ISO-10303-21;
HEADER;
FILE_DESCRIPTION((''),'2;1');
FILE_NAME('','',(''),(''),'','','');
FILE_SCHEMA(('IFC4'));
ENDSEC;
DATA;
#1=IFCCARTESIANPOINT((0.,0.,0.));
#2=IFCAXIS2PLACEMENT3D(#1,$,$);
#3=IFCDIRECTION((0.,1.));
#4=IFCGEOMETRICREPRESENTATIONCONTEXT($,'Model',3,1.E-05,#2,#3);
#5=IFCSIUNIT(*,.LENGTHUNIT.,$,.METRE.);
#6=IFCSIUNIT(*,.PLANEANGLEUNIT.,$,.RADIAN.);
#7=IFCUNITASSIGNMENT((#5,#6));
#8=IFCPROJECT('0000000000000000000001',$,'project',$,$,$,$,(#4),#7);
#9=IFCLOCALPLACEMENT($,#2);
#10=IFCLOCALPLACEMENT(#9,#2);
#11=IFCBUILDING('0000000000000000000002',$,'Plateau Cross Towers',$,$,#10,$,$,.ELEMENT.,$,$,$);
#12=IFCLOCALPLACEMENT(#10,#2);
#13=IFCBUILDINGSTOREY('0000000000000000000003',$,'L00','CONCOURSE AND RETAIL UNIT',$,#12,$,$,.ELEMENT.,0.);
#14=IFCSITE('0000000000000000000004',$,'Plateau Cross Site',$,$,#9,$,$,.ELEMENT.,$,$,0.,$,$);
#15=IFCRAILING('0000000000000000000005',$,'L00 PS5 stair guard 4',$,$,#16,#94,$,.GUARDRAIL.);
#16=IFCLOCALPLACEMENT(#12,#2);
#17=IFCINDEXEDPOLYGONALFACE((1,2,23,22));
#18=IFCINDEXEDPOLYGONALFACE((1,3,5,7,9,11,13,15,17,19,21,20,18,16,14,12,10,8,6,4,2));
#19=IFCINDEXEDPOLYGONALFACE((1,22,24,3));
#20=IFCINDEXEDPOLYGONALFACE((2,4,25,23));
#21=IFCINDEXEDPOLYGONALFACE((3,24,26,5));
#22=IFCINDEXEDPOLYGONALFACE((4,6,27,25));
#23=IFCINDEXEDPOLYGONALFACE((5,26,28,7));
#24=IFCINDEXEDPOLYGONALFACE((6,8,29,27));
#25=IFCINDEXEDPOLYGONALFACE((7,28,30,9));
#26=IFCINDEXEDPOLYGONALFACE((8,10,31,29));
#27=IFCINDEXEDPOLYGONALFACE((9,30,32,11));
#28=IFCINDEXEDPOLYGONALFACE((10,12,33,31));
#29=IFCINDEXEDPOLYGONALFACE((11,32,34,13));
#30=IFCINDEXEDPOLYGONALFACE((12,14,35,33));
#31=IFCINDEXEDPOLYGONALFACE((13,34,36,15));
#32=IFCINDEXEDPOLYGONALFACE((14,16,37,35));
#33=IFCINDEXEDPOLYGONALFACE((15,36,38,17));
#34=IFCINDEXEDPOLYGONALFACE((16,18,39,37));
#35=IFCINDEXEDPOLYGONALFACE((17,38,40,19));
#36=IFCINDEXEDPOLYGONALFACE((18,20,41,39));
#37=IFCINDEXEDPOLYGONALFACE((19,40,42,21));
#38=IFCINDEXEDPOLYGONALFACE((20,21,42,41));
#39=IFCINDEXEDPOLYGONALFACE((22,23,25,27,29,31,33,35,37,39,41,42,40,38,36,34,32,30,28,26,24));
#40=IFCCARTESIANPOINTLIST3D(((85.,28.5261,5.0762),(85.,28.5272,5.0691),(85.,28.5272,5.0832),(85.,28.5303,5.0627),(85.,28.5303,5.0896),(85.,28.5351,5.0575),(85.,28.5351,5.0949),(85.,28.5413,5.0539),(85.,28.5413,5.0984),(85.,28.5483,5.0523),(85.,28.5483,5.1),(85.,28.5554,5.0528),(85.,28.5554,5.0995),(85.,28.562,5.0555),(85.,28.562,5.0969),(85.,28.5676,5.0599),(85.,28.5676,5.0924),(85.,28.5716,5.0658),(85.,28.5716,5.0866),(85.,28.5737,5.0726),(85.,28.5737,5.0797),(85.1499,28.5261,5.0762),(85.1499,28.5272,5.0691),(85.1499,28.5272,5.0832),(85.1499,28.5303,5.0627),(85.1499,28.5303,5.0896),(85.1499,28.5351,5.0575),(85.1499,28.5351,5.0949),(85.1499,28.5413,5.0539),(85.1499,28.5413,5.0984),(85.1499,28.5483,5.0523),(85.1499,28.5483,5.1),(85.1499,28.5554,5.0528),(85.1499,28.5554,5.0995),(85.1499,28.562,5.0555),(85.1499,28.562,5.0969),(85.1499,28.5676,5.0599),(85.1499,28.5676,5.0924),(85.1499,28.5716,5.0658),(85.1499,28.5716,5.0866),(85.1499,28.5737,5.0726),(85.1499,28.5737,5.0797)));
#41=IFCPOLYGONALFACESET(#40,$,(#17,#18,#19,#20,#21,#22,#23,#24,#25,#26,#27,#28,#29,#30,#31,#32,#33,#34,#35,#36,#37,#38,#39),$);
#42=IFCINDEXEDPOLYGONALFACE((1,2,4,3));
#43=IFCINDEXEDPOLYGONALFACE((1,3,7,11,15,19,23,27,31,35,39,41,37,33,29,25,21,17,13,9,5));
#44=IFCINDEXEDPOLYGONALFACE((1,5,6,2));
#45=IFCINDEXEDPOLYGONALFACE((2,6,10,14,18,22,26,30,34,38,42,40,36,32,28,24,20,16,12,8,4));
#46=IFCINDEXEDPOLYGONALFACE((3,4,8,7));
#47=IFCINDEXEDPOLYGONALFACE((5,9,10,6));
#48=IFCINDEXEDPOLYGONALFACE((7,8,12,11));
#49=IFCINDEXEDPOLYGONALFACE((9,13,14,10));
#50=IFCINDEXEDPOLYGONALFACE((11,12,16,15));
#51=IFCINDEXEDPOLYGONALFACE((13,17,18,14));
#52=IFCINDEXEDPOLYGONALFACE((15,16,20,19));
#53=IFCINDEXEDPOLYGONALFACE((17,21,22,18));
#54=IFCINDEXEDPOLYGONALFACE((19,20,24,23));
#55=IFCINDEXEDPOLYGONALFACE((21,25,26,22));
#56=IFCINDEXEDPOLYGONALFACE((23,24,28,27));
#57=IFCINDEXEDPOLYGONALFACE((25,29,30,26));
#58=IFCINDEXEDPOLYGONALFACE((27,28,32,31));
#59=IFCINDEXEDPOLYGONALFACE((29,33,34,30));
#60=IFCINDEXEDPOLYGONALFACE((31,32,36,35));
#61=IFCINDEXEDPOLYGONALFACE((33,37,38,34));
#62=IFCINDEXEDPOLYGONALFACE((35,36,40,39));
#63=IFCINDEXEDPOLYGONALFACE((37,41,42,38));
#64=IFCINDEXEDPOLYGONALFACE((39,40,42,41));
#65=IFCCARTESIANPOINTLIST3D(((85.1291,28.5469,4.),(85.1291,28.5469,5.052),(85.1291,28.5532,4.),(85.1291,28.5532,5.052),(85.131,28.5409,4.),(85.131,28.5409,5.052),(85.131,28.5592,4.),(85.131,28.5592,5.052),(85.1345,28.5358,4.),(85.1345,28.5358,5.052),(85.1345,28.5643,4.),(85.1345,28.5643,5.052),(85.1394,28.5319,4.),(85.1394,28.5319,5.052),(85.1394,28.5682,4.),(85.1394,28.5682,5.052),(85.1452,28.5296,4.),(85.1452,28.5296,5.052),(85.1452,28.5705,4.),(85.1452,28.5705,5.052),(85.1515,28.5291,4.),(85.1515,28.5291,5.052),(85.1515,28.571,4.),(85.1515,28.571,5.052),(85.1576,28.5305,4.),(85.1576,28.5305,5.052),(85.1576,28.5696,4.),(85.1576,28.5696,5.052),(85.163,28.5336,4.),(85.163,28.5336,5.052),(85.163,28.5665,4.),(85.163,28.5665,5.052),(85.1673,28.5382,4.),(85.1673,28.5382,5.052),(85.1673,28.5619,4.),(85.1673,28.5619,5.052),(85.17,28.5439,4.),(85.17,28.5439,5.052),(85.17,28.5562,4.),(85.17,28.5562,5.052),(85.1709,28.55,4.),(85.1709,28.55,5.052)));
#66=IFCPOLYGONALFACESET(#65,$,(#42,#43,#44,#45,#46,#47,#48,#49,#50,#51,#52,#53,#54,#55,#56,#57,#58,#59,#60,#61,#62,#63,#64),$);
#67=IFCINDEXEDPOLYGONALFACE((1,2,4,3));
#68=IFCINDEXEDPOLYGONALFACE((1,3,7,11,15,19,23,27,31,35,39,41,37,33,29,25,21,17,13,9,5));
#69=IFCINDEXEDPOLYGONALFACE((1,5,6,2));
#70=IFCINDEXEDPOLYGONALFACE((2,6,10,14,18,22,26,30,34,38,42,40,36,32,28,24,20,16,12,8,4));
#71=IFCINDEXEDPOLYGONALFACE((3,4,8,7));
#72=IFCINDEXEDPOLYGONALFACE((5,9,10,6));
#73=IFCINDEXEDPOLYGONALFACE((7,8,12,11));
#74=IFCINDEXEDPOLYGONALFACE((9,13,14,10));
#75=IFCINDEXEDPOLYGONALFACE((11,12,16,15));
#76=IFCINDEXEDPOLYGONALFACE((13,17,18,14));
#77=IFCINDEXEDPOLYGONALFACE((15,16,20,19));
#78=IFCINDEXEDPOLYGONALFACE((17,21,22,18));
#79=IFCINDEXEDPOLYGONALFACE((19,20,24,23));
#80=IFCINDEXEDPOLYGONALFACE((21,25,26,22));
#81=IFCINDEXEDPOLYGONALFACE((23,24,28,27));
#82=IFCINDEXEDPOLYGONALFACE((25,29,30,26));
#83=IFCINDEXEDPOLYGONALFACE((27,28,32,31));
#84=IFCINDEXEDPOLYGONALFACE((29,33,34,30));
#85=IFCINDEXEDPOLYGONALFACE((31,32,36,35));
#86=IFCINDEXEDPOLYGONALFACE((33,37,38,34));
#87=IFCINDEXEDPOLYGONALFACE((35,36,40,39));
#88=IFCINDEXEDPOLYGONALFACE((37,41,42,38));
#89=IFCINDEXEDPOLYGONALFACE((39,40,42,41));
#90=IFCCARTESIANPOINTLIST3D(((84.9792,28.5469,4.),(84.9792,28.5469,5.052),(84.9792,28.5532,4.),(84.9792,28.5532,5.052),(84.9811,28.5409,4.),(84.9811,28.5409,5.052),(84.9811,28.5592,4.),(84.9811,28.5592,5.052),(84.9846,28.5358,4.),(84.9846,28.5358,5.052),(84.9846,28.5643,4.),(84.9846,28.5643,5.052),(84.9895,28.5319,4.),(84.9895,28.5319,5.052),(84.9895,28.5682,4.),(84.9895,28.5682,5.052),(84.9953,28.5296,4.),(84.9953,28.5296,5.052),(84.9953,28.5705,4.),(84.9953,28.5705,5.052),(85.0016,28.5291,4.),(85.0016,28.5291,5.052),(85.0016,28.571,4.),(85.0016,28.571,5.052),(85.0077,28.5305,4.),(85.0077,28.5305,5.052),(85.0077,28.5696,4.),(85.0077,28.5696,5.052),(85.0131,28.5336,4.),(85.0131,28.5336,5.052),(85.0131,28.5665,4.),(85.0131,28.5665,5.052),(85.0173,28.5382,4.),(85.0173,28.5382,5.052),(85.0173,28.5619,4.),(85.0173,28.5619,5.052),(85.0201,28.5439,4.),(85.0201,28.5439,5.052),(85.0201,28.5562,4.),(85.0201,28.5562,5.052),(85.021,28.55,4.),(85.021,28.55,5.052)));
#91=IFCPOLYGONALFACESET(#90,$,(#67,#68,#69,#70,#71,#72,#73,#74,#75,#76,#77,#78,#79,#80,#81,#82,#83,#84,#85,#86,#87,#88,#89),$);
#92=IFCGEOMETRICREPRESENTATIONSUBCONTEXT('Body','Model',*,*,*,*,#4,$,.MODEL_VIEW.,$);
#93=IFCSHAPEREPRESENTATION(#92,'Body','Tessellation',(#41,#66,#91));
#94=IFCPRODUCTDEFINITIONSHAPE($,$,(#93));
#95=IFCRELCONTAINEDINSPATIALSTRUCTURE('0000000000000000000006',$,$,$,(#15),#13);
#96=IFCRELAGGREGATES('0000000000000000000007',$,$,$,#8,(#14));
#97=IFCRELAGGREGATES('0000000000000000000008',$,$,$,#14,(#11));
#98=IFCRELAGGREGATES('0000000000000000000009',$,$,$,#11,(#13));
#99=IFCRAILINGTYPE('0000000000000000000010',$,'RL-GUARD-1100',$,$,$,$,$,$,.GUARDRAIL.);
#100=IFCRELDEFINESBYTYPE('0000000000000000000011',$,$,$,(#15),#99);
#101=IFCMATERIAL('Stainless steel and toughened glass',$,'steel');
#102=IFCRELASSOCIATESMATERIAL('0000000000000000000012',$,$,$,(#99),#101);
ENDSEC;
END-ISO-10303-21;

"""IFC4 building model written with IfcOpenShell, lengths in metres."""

from ifc_helpers import new_model, si_unit, direction, frame, origin, origin_2d, place, context, subcontext, project, spatial, circle, extrude, material, type_object, element, save


model = new_model("IFC4")

# Units and contexts
model_context = context("Model", 3, precision=1e-05, world=origin(), true_north=direction((0.0, 1.0)))
body_context = subcontext(model_context, "Body", "Model", "MODEL_VIEW")
ifc_project = project(units=[si_unit("LENGTHUNIT", "METRE"), si_unit("PLANEANGLEUNIT", "RADIAN")], contexts=[model_context])

# Site, building, storey
site_placement = place(None, origin())
site = spatial("IfcSite", under=ifc_project, at=site_placement, Name="Plateau Cross Site", CompositionType="ELEMENT", RefElevation=0.0)
building_placement = place(site_placement, origin())
building = spatial("IfcBuilding", under=site, at=building_placement, Name="Plateau Cross Towers", CompositionType="ELEMENT")
storey_placement = place(building_placement, origin())
storey = spatial("IfcBuildingStorey", under=building, at=storey_placement, Name="L00", Description="CONCOURSE AND RETAIL UNIT", CompositionType="ELEMENT", Elevation=0.0)

# Railing
ifc_material_1 = material(Name="Stainless steel and toughened glass", Category="steel")
railing_type_1 = type_object("IfcRailingType", Name="RL-GUARD-1100", PredefinedType="GUARDRAIL", material=ifc_material_1)
railing_1_placement = place(storey_placement, frame((85.1499, 28.55, 4.0)))
element("IfcRailing", 1, at=railing_1_placement, inside=storey, type_object=railing_type_1, Name="L00 PS5 stair guard 4", PredefinedType="GUARDRAIL", context=body_context, shape_type="SweptSolid", body=[
    extrude(circle(Radius=0.0239, at=origin_2d()), frame((0.0, 0.0, 1.0762), z_axis=(-1.0, 0.0, 0.0), x_axis=(0.0, -1.0, 0.0)), (0.0, 0.0, 1.0), 0.1499),
    extrude(circle(Radius=0.021, at=origin_2d()), origin(), (0.0, 0.0, 1.0), 1.052),
    extrude(circle(Radius=0.021, at=origin_2d()), frame((-0.1499, 0.0, 0.0)), (0.0, 0.0, 1.0), 1.052),
])

save(model, "model.ifc")
